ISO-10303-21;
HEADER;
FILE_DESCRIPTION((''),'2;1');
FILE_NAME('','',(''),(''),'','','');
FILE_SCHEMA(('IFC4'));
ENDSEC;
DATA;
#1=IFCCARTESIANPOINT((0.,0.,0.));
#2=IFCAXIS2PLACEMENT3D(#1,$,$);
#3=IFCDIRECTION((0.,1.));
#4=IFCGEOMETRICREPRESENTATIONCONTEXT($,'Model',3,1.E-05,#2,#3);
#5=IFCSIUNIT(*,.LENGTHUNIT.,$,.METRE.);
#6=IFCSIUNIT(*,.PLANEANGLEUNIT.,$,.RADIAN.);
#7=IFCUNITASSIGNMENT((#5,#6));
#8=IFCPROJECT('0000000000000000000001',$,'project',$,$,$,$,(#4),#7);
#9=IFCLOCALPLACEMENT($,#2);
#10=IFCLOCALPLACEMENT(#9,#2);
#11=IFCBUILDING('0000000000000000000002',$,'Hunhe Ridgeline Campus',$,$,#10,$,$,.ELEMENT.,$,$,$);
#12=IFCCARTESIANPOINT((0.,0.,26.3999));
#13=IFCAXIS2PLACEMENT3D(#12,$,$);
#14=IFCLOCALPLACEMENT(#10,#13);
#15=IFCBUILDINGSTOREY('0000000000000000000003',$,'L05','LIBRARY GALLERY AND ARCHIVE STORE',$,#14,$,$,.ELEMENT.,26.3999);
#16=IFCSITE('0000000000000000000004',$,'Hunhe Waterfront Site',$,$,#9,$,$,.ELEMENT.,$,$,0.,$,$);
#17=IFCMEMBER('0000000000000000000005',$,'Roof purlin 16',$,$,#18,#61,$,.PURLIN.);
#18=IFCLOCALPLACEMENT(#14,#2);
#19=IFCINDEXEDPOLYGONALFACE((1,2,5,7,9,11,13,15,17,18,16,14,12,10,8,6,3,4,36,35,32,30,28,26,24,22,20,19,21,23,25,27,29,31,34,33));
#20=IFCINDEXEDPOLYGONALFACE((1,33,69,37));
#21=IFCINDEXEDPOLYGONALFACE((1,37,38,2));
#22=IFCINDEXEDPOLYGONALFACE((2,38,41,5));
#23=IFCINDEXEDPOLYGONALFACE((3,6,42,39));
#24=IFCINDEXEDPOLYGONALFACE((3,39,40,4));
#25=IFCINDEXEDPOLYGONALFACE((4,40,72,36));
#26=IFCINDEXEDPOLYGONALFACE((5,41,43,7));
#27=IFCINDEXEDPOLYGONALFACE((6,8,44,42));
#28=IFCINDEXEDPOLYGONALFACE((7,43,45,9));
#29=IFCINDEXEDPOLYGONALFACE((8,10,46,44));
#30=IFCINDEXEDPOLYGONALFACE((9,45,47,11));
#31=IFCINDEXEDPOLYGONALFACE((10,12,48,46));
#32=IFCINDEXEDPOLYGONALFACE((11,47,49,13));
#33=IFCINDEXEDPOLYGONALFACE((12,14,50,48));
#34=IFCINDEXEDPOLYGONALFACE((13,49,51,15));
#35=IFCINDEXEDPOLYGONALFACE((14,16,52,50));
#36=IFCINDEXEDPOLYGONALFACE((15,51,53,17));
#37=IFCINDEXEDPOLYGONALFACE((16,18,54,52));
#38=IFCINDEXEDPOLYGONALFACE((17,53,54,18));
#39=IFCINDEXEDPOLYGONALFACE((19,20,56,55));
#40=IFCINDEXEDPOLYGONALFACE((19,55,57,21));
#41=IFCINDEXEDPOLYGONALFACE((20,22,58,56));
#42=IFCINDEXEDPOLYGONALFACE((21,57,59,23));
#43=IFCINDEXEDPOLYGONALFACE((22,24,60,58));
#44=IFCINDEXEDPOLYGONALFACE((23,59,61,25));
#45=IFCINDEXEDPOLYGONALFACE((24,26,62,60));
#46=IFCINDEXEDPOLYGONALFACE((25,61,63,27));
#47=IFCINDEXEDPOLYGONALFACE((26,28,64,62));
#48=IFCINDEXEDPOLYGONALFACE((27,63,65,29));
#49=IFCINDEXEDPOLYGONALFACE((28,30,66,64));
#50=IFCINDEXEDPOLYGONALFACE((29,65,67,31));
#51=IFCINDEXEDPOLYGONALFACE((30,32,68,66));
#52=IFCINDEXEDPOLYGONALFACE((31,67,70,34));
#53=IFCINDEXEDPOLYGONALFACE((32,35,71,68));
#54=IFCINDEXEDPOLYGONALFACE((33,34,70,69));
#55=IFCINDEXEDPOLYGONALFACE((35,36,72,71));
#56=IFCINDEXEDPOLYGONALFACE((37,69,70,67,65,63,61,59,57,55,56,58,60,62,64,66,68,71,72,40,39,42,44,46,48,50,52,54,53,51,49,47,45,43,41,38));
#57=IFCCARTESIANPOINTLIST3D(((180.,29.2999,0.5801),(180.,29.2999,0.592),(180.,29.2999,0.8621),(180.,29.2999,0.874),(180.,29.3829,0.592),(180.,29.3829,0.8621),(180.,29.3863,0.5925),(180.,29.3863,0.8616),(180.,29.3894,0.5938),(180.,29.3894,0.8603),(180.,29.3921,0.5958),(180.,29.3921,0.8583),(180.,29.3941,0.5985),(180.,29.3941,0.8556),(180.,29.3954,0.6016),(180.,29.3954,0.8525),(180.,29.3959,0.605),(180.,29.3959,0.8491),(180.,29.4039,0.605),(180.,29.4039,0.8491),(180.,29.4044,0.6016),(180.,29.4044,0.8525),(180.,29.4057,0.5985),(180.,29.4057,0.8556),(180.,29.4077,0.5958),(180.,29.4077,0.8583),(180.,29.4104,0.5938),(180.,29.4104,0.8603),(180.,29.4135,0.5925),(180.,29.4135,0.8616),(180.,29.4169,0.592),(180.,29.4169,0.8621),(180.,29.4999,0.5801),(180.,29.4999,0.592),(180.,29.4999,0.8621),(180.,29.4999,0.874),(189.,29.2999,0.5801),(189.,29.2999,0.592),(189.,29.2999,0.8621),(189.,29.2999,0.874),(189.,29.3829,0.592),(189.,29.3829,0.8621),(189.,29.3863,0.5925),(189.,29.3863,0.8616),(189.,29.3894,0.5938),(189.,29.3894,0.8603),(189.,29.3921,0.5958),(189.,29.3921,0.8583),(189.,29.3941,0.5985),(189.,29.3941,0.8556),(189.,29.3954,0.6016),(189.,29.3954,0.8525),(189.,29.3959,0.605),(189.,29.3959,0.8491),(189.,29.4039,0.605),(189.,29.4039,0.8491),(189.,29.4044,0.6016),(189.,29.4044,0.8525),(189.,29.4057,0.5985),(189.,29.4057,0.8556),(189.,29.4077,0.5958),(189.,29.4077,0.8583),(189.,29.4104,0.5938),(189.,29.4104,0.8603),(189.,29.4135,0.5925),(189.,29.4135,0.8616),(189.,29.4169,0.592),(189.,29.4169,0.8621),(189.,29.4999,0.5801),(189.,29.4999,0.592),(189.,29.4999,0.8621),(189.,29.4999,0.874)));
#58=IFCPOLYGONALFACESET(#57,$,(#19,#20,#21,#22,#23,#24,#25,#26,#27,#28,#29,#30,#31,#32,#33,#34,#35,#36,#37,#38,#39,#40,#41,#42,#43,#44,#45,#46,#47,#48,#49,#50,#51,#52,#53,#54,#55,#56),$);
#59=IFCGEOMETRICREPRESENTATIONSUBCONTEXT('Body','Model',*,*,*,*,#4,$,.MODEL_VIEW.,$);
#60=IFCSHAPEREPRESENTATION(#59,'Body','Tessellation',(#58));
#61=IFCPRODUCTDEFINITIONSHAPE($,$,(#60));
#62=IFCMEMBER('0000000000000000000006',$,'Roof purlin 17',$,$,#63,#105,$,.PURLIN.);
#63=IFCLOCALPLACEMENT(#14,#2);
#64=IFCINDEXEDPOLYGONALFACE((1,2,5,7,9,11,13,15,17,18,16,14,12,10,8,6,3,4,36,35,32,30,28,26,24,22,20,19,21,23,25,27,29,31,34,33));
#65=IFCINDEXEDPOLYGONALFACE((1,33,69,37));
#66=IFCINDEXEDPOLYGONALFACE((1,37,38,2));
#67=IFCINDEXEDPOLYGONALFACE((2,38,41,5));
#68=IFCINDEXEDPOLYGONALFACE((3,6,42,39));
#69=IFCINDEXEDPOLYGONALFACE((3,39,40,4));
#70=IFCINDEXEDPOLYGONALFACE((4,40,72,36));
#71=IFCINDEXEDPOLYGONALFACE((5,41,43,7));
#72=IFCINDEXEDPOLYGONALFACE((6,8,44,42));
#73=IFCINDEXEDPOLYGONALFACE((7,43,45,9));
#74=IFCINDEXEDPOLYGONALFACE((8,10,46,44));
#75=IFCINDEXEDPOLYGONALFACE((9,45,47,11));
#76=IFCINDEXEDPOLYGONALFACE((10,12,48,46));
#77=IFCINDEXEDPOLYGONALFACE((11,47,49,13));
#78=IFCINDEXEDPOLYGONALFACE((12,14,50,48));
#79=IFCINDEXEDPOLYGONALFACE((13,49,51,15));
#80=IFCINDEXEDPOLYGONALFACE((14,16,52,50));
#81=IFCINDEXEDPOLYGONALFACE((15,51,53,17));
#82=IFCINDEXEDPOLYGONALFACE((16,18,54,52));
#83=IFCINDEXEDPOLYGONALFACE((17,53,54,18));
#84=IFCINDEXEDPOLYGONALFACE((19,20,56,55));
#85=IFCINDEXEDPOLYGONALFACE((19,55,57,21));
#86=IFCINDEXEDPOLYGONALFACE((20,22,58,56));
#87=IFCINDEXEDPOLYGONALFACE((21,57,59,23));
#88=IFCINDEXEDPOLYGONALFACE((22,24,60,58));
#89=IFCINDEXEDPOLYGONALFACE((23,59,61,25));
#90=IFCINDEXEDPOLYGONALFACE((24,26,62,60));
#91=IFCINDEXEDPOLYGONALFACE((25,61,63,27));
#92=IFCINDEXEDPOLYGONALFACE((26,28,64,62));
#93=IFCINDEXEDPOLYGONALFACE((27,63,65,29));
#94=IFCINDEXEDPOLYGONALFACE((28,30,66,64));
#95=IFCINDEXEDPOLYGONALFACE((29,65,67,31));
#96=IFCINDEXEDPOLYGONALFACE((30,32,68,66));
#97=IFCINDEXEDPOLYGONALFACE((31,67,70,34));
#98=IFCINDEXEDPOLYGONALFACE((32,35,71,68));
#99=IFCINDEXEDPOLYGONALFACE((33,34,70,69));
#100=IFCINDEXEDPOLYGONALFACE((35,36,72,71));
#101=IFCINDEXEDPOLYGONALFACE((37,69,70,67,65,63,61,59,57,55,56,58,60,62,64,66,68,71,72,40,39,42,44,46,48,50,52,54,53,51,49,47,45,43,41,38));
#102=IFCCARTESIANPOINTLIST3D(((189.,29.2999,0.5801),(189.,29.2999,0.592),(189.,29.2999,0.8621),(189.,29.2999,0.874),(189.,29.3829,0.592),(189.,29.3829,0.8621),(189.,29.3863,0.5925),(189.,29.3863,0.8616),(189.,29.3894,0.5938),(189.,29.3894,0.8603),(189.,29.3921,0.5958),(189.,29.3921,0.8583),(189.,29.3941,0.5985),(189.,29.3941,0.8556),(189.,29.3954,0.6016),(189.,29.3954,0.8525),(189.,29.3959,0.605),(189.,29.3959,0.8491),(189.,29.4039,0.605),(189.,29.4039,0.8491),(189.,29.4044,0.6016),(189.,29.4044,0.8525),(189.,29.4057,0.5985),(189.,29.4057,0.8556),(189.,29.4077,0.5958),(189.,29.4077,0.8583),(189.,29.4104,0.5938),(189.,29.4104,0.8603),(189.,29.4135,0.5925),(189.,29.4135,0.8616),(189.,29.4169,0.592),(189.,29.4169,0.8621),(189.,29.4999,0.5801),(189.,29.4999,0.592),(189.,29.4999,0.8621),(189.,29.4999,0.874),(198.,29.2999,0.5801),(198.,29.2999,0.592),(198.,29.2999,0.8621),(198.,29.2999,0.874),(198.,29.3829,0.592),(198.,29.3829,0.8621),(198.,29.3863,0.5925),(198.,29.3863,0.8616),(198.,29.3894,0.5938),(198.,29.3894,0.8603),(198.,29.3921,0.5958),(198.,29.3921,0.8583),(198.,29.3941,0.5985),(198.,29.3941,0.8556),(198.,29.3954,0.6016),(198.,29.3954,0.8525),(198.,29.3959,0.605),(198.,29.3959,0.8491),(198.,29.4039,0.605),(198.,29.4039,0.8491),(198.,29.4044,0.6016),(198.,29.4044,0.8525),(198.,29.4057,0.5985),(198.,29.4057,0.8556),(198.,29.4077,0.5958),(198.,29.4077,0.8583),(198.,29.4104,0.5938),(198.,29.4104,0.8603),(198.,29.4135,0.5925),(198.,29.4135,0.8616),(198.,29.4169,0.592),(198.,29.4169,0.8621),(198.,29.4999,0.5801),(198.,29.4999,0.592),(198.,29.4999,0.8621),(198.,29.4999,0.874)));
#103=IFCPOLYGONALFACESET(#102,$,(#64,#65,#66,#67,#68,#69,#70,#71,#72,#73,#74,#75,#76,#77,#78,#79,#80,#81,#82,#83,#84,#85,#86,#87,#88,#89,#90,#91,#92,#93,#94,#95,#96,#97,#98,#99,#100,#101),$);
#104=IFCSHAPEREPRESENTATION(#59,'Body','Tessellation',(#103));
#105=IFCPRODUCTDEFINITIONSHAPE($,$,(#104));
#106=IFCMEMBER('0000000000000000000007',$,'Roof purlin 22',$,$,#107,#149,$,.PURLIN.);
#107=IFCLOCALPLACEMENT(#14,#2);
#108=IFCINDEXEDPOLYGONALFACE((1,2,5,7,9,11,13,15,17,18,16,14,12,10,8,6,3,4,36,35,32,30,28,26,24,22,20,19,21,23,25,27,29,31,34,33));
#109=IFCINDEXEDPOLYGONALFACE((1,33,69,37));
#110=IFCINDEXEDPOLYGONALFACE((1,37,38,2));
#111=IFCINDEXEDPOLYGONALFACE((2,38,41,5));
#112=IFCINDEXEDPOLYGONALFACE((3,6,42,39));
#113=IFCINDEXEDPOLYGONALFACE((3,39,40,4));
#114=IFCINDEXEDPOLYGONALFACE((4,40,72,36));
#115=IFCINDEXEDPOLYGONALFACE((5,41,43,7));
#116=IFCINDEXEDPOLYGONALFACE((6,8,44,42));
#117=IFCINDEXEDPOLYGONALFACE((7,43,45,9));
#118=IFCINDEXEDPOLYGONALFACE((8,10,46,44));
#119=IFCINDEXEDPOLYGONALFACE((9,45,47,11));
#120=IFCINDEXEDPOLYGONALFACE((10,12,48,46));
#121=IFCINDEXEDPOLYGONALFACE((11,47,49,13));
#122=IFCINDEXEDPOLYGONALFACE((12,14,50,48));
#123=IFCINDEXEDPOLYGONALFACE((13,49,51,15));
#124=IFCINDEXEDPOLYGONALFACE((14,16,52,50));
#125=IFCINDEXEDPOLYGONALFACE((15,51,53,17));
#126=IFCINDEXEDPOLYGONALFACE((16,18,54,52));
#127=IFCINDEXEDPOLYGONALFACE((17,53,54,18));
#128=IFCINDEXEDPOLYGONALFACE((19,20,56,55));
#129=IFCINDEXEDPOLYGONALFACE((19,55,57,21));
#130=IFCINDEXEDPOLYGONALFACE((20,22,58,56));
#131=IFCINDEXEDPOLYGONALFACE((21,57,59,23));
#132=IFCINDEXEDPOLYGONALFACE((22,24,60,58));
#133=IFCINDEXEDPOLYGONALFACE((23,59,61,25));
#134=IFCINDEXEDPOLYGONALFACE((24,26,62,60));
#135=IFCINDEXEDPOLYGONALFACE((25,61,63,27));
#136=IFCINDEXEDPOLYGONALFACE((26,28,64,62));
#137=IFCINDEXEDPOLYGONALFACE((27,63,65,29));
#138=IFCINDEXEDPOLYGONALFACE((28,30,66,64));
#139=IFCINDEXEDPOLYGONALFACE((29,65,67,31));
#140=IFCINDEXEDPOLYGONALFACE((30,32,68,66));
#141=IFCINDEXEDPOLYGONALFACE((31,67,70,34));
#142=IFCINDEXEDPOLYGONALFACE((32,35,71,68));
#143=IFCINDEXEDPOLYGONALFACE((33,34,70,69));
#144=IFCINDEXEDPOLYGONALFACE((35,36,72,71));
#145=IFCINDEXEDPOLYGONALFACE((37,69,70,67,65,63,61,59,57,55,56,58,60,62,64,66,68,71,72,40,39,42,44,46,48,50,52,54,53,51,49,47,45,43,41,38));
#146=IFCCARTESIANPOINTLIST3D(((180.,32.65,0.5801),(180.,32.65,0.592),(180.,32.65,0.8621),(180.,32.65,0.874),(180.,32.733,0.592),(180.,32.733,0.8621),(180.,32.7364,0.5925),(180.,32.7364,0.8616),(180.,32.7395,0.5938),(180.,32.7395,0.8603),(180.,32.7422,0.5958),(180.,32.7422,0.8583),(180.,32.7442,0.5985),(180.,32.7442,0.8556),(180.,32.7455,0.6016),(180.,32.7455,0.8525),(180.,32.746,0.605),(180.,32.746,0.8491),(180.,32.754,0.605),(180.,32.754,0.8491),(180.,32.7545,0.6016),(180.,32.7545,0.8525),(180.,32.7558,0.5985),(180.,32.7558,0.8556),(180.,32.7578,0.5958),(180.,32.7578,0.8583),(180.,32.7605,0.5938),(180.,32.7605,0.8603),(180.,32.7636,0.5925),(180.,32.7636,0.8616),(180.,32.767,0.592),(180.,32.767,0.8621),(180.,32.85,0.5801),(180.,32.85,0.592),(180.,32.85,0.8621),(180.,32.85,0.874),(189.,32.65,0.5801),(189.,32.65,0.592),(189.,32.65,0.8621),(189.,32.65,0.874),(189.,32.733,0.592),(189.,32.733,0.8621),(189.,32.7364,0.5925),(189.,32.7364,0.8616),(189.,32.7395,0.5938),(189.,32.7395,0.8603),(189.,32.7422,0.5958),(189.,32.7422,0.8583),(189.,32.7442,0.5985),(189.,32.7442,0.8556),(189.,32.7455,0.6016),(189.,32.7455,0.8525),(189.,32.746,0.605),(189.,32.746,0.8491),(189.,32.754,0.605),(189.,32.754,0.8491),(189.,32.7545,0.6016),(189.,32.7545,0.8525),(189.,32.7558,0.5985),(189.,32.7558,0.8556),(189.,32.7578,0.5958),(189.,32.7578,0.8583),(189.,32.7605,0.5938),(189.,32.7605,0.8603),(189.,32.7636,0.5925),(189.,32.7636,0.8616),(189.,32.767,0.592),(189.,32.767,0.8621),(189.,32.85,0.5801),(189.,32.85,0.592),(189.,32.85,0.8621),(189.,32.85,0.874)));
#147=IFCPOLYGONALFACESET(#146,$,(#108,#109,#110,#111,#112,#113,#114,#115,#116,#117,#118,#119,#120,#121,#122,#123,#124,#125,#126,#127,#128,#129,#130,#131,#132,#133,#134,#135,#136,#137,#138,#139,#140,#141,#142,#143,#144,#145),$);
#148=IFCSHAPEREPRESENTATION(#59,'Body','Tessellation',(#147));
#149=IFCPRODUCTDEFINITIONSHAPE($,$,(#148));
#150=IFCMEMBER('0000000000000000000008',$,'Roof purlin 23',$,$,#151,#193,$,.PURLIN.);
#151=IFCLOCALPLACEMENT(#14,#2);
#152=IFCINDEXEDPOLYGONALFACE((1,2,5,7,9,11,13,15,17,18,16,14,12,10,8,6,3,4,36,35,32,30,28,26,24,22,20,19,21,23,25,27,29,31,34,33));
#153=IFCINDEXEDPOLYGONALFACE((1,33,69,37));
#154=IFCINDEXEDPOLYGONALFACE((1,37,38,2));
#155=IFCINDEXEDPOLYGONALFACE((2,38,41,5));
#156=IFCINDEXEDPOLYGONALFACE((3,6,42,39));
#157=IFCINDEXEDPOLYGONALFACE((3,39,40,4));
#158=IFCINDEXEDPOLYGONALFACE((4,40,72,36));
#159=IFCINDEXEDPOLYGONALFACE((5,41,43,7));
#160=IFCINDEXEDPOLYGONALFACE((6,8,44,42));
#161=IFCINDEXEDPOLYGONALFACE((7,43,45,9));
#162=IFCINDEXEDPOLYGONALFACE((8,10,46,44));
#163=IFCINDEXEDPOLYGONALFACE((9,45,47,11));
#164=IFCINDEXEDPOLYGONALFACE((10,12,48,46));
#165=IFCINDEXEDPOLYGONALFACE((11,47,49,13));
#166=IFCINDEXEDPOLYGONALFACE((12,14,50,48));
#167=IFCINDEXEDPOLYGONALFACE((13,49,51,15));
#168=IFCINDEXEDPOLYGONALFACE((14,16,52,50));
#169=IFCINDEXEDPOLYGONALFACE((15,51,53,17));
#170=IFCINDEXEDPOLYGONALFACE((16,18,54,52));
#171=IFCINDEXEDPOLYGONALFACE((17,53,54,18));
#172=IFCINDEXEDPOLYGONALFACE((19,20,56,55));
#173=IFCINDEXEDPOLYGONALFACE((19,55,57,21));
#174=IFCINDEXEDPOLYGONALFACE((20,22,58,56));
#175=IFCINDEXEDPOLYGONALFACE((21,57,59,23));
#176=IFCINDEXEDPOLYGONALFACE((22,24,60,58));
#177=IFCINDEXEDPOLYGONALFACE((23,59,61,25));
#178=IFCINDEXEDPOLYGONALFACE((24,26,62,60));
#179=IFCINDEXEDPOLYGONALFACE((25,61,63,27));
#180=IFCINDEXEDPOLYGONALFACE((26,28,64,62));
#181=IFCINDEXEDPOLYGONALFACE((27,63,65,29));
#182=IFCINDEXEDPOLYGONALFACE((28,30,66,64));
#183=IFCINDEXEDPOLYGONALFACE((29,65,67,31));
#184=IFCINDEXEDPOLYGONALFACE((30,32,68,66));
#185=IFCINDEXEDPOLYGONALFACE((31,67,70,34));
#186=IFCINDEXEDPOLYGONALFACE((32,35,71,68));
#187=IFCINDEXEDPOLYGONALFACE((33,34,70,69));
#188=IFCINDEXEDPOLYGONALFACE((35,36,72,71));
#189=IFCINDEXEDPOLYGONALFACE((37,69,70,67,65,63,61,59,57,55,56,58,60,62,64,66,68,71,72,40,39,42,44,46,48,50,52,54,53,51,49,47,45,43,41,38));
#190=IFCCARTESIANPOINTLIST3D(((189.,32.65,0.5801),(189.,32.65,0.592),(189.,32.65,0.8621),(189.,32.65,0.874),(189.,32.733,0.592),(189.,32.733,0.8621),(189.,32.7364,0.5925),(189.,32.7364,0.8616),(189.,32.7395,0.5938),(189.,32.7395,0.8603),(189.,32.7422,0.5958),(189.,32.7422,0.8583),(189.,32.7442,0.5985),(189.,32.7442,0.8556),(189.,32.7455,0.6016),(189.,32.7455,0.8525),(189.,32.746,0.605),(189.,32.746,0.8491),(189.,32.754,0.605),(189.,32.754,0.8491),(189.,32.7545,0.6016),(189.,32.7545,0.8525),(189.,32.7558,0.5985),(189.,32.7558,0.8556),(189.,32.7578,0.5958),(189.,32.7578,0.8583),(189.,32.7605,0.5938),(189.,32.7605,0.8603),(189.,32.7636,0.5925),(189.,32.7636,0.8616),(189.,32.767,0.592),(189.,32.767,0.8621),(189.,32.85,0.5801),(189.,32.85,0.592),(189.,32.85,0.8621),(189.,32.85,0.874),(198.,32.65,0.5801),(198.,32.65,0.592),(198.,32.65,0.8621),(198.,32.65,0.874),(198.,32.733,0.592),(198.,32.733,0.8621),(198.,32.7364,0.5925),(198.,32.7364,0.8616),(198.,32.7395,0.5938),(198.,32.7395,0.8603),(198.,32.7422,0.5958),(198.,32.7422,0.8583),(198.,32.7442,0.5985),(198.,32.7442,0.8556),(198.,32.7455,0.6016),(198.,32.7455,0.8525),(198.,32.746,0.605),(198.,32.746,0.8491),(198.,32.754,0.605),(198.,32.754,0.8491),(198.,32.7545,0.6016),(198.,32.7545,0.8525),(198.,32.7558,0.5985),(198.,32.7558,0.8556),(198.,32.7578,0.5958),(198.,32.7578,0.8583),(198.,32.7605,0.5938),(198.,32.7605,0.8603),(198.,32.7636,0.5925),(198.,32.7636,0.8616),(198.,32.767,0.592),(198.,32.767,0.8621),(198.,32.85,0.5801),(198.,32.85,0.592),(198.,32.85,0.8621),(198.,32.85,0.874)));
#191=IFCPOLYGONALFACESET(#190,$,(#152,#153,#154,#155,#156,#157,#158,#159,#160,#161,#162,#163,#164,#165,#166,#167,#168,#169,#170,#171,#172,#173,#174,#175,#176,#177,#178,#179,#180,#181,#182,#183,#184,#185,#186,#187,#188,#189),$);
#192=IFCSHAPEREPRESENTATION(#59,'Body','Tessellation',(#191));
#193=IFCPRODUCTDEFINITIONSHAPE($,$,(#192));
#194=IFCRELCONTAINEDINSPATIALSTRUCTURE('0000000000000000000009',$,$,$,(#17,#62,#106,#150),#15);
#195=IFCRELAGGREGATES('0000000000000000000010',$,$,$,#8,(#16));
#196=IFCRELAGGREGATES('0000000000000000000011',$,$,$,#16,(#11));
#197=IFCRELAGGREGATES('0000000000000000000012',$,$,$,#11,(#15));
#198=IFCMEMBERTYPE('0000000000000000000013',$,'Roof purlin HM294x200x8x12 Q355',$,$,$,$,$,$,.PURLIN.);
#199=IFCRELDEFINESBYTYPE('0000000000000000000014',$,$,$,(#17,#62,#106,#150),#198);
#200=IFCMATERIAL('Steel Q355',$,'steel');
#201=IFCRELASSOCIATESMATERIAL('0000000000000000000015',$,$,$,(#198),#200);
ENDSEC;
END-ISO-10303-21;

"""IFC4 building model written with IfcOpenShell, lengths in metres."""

from ifc_helpers import new_model, si_unit, direction, frame, origin, origin_2d, place, context, subcontext, project, spatial, i_section, extrude, material, material_profile, profile_set, type_object, element, save


model = new_model("IFC4")

# Units and contexts
model_context = context("Model", 3, precision=1e-05, world=origin(), true_north=direction((0.0, 1.0)))
body_context = subcontext(model_context, "Body", "Model", "MODEL_VIEW")
ifc_project = project(units=[si_unit("LENGTHUNIT", "METRE"), si_unit("PLANEANGLEUNIT", "RADIAN")], contexts=[model_context])

# Site, building, storey
site_placement = place(None, origin())
site = spatial("IfcSite", under=ifc_project, at=site_placement, Name="Hunhe Waterfront Site", CompositionType="ELEMENT", RefElevation=0.0)
building_placement = place(site_placement, origin())
building = spatial("IfcBuilding", under=site, at=building_placement, Name="Hunhe Ridgeline Campus", CompositionType="ELEMENT")
storey_placement = place(building_placement, frame((0.0, 0.0, 26.3999)))
storey = spatial("IfcBuildingStorey", under=building, at=storey_placement, Name="L05", Description="LIBRARY GALLERY AND ARCHIVE STORE", CompositionType="ELEMENT", Elevation=26.3999)

# Members
ifc_material = material(Name="Steel Q355", Category="steel")
ifc_material_profile_1 = material_profile(ifc_material, i_section(OverallWidth=0.2, OverallDepth=0.2939, WebThickness=0.0081, FlangeThickness=0.012, FilletRadius=0.0129, at=origin_2d()))
ifc_profile_set_1 = profile_set([ifc_material_profile_1], Name="Steel Q355")
member_type_1 = type_object("IfcMemberType", Name="Roof purlin HM294x200x8x12 Q355", PredefinedType="PURLIN", material=ifc_profile_set_1)
for number, where, z_axis, x_axis, name in (
    (1, (180.0, 29.3999, 0.7271), (1.0, 0.0, 0.0), (0.0, 1.0, 0.0), "Roof purlin 16"),
    (2, (189.0, 29.3999, 0.7271), (1.0, 0.0, 0.0), (0.0, 1.0, 0.0), "Roof purlin 17"),
    (3, (180.0, 32.75, 0.7271), (1.0, 0.0, 0.0), (0.0, 1.0, 0.0), "Roof purlin 22"),
    (4, (189.0, 32.75, 0.7271), (1.0, 0.0, 0.0), (0.0, 1.0, 0.0), "Roof purlin 23"),
):
    element("IfcMember", number, at=place(storey_placement, frame(where, z_axis=z_axis, x_axis=x_axis)), inside=storey, type_object=member_type_1, Name=name, PredefinedType="PURLIN", context=body_context, shape_type="SweptSolid", body=[
        extrude(i_section(OverallWidth=0.2, OverallDepth=0.2939, WebThickness=0.0081, FlangeThickness=0.012, FilletRadius=0.0129, at=origin_2d()), origin(), (0.0, 0.0, 1.0), 9.0),
    ])

save(model, "model.ifc")
